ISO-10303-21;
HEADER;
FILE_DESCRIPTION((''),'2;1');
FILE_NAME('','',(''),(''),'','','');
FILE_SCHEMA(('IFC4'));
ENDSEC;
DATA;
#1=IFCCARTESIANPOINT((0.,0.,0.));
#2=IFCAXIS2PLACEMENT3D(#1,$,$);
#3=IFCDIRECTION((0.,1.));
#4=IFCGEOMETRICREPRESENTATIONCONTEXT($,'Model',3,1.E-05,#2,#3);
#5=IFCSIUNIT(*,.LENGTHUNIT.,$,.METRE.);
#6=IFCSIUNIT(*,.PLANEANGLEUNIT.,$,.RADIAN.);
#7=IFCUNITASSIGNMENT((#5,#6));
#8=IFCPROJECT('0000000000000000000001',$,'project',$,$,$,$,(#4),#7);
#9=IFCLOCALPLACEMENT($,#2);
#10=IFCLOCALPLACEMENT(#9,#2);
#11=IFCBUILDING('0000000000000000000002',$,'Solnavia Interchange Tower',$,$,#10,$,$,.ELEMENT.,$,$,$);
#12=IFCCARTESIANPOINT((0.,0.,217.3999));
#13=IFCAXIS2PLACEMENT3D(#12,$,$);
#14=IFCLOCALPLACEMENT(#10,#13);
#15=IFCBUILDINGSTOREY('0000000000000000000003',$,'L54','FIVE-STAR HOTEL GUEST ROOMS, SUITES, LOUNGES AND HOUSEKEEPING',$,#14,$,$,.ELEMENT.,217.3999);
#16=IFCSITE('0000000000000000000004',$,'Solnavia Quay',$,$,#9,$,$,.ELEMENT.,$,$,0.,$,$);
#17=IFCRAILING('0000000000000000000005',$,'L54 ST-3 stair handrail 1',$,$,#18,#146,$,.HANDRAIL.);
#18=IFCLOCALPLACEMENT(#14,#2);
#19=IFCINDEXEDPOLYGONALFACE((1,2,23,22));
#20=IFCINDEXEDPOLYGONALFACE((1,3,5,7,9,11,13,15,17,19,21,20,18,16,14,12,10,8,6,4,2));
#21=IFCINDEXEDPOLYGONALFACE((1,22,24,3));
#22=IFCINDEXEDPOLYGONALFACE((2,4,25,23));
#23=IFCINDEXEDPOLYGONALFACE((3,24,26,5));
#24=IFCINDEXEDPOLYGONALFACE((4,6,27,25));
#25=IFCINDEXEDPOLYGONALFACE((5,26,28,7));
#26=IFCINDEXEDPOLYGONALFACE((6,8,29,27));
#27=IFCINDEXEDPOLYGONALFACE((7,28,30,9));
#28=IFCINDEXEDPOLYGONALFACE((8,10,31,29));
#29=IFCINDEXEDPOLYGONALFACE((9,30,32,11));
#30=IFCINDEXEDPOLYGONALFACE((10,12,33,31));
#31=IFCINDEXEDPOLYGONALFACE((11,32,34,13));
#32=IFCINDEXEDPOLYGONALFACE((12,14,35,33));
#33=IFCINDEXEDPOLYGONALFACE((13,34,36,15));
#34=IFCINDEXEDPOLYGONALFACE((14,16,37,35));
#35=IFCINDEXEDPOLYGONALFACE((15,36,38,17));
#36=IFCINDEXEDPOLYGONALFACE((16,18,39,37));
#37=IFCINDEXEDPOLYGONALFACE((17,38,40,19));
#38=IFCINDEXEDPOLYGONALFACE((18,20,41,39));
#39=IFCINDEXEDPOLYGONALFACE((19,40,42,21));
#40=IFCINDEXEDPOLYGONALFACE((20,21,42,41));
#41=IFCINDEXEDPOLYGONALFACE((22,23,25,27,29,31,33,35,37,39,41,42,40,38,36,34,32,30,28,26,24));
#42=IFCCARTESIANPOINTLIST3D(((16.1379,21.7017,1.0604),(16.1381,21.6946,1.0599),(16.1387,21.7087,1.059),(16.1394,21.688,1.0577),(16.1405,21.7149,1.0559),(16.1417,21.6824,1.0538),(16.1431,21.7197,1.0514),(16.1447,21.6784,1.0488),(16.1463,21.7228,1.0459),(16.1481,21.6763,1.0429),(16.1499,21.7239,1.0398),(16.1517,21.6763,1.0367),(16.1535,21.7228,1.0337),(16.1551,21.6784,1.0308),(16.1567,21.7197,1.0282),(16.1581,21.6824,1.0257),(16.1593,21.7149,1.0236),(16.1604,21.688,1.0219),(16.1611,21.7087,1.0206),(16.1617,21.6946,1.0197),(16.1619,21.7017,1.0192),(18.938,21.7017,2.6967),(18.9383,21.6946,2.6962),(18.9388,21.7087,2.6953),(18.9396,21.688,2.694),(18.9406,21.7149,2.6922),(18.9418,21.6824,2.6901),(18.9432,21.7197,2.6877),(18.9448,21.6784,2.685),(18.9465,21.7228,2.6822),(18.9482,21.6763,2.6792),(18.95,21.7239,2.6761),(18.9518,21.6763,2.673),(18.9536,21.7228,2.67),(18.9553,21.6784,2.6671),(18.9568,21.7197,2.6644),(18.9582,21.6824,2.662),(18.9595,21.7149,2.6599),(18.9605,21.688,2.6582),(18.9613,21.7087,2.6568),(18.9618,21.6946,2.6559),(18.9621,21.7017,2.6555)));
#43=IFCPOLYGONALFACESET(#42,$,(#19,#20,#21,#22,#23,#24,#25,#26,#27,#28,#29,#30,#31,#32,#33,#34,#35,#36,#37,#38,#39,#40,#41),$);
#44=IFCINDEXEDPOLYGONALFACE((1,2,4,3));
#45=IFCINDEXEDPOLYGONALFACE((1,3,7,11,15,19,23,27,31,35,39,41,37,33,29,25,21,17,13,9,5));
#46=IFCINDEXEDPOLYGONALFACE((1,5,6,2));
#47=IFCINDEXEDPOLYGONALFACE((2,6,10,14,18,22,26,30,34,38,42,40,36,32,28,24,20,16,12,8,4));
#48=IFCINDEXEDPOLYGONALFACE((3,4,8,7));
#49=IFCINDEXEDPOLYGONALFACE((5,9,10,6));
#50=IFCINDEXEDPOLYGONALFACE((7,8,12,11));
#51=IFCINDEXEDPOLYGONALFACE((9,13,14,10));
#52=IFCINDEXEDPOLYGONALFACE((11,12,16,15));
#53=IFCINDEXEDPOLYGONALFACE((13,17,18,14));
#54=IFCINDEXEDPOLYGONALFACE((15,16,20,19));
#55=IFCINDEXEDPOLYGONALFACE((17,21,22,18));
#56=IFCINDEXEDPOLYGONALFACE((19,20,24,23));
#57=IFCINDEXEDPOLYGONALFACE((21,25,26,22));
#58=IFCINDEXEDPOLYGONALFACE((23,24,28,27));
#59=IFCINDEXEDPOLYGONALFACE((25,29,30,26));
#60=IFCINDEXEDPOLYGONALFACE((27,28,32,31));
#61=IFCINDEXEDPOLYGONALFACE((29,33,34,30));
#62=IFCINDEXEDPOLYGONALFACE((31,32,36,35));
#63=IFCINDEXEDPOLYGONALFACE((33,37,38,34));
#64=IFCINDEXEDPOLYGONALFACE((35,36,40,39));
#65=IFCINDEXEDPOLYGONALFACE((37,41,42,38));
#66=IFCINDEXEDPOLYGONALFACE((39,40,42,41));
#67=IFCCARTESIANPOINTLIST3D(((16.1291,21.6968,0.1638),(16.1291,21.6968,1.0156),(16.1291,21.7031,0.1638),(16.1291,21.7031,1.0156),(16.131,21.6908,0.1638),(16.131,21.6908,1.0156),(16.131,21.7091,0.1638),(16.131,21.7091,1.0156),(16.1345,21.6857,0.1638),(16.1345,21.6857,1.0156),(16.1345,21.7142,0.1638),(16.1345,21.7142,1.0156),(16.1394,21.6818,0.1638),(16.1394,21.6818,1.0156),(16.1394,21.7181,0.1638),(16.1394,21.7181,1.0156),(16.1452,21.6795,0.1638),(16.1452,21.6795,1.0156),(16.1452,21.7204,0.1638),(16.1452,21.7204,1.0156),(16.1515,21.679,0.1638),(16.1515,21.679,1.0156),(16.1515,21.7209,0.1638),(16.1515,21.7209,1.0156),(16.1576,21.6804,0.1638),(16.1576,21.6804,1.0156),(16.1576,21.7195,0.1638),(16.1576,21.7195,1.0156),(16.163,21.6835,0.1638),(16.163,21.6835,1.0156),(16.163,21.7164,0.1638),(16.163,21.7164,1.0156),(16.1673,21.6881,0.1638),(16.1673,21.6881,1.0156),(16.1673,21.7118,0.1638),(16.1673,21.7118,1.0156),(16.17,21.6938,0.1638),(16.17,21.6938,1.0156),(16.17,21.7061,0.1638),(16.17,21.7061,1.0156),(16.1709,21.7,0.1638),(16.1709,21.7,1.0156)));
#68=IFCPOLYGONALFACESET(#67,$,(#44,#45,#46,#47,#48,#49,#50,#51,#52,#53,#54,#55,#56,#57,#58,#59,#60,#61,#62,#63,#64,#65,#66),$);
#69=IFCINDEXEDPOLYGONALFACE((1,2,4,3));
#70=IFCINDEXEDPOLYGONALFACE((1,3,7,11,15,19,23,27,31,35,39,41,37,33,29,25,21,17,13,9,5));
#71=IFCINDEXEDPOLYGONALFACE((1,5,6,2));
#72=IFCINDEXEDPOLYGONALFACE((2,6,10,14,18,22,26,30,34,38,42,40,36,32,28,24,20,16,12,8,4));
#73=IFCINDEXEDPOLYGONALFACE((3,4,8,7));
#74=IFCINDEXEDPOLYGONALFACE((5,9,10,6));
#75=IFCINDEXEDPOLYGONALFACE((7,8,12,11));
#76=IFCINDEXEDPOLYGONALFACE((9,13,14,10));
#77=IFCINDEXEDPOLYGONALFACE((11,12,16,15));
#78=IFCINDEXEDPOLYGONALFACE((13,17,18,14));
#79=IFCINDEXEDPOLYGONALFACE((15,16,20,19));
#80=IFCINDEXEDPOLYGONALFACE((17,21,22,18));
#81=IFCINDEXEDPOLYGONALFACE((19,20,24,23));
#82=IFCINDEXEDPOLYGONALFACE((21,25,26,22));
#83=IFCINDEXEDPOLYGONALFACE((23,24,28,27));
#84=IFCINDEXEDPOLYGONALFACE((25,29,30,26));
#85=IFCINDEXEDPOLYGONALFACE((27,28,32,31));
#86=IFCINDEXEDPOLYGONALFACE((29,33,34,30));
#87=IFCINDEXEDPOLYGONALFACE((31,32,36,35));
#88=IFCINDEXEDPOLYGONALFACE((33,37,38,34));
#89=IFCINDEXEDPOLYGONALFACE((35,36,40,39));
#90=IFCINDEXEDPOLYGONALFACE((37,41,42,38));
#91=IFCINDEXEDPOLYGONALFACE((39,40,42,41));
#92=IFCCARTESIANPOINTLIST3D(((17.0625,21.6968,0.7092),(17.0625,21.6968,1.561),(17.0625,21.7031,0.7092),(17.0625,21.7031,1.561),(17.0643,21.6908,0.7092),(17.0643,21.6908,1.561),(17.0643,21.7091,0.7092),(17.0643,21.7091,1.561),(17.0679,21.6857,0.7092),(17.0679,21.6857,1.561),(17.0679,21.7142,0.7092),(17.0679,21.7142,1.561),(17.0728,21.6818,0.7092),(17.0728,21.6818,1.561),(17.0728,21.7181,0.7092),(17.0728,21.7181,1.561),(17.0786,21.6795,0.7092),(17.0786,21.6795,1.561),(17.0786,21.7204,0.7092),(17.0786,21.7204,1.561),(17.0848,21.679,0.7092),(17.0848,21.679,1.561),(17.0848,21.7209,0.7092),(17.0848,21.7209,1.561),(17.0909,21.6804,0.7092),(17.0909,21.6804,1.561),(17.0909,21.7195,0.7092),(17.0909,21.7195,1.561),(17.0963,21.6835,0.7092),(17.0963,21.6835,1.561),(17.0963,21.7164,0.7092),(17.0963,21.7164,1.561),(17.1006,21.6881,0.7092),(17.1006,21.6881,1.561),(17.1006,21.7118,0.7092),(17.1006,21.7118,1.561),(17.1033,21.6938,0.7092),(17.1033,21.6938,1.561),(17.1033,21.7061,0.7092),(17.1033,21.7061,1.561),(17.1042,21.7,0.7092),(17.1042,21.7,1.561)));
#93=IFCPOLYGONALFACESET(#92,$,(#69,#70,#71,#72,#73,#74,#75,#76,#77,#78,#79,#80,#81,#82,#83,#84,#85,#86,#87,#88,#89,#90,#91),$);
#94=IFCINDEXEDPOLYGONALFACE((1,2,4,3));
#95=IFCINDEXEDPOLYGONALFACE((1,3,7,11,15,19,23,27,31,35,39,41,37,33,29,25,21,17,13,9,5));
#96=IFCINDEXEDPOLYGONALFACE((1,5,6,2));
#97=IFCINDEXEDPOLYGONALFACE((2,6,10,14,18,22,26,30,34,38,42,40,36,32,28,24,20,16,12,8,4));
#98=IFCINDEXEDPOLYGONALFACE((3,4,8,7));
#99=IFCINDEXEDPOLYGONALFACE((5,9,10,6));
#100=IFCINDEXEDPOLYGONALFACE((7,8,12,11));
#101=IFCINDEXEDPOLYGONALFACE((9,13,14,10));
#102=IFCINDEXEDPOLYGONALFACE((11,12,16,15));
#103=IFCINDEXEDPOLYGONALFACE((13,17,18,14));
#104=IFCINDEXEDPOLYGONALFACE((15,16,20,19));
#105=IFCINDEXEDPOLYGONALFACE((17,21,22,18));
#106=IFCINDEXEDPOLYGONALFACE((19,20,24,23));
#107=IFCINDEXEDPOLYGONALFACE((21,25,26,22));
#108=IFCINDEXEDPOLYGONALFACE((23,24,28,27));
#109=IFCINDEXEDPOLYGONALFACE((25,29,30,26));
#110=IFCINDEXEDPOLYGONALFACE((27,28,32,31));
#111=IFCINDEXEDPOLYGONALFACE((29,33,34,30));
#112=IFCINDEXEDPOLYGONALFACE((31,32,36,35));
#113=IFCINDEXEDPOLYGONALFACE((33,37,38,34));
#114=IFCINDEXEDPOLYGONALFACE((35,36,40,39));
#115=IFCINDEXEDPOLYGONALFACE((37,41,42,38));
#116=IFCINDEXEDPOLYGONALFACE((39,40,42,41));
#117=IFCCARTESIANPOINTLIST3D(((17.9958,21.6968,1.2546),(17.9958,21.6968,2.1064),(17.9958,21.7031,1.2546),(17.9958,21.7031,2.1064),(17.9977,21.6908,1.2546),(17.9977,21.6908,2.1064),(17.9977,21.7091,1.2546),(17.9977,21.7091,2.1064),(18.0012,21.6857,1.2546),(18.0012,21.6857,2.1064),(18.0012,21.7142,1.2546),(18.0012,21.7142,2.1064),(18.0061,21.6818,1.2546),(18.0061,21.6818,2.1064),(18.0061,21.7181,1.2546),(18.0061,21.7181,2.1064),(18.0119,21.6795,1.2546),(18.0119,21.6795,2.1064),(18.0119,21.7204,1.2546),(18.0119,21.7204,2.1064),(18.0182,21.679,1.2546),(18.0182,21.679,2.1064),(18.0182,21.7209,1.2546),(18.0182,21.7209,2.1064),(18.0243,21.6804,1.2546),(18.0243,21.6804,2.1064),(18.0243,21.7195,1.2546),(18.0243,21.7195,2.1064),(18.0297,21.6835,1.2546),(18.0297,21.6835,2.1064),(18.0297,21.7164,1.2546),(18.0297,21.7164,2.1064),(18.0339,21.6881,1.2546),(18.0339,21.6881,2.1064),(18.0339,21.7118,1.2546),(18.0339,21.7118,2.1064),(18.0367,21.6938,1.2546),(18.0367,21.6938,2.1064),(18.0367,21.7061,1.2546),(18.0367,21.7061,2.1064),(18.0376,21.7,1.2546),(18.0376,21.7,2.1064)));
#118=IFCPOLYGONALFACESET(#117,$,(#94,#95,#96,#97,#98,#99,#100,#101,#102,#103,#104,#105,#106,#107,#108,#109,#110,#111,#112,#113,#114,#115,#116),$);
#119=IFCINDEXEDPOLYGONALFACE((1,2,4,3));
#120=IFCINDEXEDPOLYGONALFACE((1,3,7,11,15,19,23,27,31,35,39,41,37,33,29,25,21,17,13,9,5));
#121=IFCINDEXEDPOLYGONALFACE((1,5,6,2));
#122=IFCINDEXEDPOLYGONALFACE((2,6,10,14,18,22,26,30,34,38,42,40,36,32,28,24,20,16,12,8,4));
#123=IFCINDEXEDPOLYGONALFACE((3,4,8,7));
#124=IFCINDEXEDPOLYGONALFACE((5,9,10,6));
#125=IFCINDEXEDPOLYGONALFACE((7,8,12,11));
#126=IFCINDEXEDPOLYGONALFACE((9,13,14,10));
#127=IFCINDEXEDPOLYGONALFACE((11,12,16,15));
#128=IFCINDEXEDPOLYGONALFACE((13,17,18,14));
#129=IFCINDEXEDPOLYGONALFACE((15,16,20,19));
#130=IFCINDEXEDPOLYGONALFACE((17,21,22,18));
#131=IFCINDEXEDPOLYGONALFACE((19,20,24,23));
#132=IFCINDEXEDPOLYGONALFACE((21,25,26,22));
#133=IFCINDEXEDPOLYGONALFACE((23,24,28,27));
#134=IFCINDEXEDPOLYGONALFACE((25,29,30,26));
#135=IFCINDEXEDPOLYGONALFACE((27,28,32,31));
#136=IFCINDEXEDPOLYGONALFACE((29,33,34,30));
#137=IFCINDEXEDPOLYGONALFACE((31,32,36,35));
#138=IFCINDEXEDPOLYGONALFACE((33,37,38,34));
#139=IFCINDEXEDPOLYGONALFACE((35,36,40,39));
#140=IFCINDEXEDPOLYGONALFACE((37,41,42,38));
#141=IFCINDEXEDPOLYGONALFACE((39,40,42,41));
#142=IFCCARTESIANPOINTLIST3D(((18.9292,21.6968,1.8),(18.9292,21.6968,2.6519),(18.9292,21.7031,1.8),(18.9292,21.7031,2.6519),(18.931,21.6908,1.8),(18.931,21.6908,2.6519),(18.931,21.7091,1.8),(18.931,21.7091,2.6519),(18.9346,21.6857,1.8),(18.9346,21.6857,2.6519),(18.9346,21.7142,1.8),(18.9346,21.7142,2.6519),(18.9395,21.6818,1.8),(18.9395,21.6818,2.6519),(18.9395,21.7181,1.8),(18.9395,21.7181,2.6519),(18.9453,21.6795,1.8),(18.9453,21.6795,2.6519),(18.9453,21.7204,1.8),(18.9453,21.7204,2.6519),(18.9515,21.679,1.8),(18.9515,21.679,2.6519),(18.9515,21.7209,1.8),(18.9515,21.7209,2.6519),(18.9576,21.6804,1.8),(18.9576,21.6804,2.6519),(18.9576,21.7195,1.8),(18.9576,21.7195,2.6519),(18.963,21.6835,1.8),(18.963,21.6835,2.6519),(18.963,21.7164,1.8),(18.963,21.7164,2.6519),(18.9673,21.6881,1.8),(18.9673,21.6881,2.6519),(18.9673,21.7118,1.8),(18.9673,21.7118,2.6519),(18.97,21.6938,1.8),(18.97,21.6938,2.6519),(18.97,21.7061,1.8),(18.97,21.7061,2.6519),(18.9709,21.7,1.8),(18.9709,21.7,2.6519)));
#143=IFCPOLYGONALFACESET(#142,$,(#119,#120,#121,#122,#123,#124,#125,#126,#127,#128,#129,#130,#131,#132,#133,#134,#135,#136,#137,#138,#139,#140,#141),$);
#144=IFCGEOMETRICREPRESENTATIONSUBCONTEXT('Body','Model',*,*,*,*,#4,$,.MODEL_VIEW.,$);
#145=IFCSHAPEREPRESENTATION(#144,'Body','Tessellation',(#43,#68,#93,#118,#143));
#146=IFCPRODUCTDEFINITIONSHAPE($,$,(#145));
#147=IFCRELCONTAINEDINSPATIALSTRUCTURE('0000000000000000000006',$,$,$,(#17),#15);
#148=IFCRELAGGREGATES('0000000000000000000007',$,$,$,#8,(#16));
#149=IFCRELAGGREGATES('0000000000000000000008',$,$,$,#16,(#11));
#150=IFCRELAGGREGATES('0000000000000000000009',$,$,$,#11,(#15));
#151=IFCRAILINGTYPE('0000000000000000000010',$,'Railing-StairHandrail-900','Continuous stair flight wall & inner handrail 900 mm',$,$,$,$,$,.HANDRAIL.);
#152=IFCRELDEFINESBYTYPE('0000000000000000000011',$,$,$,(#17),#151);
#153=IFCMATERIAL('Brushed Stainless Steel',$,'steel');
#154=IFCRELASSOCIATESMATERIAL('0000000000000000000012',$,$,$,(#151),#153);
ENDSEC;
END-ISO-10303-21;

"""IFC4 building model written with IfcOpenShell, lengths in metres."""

from ifc_helpers import new_model, si_unit, direction, frame, origin, origin_2d, place, context, subcontext, project, spatial, circle, extrude, material, type_object, element, save


model = new_model("IFC4")

# Units and contexts
model_context = context("Model", 3, precision=1e-05, world=origin(), true_north=direction((0.0, 1.0)))
body_context = subcontext(model_context, "Body", "Model", "MODEL_VIEW")
ifc_project = project(units=[si_unit("LENGTHUNIT", "METRE"), si_unit("PLANEANGLEUNIT", "RADIAN")], contexts=[model_context])

# Site, building, storey
site_placement = place(None, origin())
site = spatial("IfcSite", under=ifc_project, at=site_placement, Name="Solnavia Quay", CompositionType="ELEMENT", RefElevation=0.0)
building_placement = place(site_placement, origin())
building = spatial("IfcBuilding", under=site, at=building_placement, Name="Solnavia Interchange Tower", CompositionType="ELEMENT")
storey_placement = place(building_placement, frame((0.0, 0.0, 217.3999)))
storey = spatial("IfcBuildingStorey", under=building, at=storey_placement, Name="L54", Description="FIVE-STAR HOTEL GUEST ROOMS, SUITES, LOUNGES AND HOUSEKEEPING", CompositionType="ELEMENT", Elevation=217.3999)

# Railing
ifc_material_1 = material(Name="Brushed Stainless Steel", Category="steel")
railing_type_1 = type_object("IfcRailingType", Name="Railing-StairHandrail-900", Description="Continuous stair flight wall & inner handrail 900 mm", PredefinedType="HANDRAIL", material=ifc_material_1)
railing_1_placement = place(storey_placement, frame((16.1499, 21.7, 0.1638)))
element("IfcRailing", 1, at=railing_1_placement, inside=storey, type_object=railing_type_1, Name="L54 ST-3 stair handrail 1", PredefinedType="HANDRAIL", context=body_context, shape_type="SweptSolid", body=[
    extrude(circle(Radius=0.0239, at=origin_2d()), frame((0.0, 0.0, 0.876), z_axis=(0.863394, 0.0, 0.504531), x_axis=(0.0, 1.0, 0.0)), (0.0, 0.0, 1.0), 3.2432),
    extrude(circle(Radius=0.021, at=origin_2d()), origin(), (0.0, 0.0, 1.0), 0.8518),
    extrude(circle(Radius=0.021, at=origin_2d()), frame((0.9333, 0.0, 0.5454)), (0.0, 0.0, 1.0), 0.8518),
    extrude(circle(Radius=0.021, at=origin_2d()), frame((1.8667, 0.0, 1.0908)), (0.0, 0.0, 1.0), 0.8518),
    extrude(circle(Radius=0.021, at=origin_2d()), frame((2.8, 0.0, 1.6362)), (0.0, 0.0, 1.0), 0.8518),
])

save(model, "model.ifc")
